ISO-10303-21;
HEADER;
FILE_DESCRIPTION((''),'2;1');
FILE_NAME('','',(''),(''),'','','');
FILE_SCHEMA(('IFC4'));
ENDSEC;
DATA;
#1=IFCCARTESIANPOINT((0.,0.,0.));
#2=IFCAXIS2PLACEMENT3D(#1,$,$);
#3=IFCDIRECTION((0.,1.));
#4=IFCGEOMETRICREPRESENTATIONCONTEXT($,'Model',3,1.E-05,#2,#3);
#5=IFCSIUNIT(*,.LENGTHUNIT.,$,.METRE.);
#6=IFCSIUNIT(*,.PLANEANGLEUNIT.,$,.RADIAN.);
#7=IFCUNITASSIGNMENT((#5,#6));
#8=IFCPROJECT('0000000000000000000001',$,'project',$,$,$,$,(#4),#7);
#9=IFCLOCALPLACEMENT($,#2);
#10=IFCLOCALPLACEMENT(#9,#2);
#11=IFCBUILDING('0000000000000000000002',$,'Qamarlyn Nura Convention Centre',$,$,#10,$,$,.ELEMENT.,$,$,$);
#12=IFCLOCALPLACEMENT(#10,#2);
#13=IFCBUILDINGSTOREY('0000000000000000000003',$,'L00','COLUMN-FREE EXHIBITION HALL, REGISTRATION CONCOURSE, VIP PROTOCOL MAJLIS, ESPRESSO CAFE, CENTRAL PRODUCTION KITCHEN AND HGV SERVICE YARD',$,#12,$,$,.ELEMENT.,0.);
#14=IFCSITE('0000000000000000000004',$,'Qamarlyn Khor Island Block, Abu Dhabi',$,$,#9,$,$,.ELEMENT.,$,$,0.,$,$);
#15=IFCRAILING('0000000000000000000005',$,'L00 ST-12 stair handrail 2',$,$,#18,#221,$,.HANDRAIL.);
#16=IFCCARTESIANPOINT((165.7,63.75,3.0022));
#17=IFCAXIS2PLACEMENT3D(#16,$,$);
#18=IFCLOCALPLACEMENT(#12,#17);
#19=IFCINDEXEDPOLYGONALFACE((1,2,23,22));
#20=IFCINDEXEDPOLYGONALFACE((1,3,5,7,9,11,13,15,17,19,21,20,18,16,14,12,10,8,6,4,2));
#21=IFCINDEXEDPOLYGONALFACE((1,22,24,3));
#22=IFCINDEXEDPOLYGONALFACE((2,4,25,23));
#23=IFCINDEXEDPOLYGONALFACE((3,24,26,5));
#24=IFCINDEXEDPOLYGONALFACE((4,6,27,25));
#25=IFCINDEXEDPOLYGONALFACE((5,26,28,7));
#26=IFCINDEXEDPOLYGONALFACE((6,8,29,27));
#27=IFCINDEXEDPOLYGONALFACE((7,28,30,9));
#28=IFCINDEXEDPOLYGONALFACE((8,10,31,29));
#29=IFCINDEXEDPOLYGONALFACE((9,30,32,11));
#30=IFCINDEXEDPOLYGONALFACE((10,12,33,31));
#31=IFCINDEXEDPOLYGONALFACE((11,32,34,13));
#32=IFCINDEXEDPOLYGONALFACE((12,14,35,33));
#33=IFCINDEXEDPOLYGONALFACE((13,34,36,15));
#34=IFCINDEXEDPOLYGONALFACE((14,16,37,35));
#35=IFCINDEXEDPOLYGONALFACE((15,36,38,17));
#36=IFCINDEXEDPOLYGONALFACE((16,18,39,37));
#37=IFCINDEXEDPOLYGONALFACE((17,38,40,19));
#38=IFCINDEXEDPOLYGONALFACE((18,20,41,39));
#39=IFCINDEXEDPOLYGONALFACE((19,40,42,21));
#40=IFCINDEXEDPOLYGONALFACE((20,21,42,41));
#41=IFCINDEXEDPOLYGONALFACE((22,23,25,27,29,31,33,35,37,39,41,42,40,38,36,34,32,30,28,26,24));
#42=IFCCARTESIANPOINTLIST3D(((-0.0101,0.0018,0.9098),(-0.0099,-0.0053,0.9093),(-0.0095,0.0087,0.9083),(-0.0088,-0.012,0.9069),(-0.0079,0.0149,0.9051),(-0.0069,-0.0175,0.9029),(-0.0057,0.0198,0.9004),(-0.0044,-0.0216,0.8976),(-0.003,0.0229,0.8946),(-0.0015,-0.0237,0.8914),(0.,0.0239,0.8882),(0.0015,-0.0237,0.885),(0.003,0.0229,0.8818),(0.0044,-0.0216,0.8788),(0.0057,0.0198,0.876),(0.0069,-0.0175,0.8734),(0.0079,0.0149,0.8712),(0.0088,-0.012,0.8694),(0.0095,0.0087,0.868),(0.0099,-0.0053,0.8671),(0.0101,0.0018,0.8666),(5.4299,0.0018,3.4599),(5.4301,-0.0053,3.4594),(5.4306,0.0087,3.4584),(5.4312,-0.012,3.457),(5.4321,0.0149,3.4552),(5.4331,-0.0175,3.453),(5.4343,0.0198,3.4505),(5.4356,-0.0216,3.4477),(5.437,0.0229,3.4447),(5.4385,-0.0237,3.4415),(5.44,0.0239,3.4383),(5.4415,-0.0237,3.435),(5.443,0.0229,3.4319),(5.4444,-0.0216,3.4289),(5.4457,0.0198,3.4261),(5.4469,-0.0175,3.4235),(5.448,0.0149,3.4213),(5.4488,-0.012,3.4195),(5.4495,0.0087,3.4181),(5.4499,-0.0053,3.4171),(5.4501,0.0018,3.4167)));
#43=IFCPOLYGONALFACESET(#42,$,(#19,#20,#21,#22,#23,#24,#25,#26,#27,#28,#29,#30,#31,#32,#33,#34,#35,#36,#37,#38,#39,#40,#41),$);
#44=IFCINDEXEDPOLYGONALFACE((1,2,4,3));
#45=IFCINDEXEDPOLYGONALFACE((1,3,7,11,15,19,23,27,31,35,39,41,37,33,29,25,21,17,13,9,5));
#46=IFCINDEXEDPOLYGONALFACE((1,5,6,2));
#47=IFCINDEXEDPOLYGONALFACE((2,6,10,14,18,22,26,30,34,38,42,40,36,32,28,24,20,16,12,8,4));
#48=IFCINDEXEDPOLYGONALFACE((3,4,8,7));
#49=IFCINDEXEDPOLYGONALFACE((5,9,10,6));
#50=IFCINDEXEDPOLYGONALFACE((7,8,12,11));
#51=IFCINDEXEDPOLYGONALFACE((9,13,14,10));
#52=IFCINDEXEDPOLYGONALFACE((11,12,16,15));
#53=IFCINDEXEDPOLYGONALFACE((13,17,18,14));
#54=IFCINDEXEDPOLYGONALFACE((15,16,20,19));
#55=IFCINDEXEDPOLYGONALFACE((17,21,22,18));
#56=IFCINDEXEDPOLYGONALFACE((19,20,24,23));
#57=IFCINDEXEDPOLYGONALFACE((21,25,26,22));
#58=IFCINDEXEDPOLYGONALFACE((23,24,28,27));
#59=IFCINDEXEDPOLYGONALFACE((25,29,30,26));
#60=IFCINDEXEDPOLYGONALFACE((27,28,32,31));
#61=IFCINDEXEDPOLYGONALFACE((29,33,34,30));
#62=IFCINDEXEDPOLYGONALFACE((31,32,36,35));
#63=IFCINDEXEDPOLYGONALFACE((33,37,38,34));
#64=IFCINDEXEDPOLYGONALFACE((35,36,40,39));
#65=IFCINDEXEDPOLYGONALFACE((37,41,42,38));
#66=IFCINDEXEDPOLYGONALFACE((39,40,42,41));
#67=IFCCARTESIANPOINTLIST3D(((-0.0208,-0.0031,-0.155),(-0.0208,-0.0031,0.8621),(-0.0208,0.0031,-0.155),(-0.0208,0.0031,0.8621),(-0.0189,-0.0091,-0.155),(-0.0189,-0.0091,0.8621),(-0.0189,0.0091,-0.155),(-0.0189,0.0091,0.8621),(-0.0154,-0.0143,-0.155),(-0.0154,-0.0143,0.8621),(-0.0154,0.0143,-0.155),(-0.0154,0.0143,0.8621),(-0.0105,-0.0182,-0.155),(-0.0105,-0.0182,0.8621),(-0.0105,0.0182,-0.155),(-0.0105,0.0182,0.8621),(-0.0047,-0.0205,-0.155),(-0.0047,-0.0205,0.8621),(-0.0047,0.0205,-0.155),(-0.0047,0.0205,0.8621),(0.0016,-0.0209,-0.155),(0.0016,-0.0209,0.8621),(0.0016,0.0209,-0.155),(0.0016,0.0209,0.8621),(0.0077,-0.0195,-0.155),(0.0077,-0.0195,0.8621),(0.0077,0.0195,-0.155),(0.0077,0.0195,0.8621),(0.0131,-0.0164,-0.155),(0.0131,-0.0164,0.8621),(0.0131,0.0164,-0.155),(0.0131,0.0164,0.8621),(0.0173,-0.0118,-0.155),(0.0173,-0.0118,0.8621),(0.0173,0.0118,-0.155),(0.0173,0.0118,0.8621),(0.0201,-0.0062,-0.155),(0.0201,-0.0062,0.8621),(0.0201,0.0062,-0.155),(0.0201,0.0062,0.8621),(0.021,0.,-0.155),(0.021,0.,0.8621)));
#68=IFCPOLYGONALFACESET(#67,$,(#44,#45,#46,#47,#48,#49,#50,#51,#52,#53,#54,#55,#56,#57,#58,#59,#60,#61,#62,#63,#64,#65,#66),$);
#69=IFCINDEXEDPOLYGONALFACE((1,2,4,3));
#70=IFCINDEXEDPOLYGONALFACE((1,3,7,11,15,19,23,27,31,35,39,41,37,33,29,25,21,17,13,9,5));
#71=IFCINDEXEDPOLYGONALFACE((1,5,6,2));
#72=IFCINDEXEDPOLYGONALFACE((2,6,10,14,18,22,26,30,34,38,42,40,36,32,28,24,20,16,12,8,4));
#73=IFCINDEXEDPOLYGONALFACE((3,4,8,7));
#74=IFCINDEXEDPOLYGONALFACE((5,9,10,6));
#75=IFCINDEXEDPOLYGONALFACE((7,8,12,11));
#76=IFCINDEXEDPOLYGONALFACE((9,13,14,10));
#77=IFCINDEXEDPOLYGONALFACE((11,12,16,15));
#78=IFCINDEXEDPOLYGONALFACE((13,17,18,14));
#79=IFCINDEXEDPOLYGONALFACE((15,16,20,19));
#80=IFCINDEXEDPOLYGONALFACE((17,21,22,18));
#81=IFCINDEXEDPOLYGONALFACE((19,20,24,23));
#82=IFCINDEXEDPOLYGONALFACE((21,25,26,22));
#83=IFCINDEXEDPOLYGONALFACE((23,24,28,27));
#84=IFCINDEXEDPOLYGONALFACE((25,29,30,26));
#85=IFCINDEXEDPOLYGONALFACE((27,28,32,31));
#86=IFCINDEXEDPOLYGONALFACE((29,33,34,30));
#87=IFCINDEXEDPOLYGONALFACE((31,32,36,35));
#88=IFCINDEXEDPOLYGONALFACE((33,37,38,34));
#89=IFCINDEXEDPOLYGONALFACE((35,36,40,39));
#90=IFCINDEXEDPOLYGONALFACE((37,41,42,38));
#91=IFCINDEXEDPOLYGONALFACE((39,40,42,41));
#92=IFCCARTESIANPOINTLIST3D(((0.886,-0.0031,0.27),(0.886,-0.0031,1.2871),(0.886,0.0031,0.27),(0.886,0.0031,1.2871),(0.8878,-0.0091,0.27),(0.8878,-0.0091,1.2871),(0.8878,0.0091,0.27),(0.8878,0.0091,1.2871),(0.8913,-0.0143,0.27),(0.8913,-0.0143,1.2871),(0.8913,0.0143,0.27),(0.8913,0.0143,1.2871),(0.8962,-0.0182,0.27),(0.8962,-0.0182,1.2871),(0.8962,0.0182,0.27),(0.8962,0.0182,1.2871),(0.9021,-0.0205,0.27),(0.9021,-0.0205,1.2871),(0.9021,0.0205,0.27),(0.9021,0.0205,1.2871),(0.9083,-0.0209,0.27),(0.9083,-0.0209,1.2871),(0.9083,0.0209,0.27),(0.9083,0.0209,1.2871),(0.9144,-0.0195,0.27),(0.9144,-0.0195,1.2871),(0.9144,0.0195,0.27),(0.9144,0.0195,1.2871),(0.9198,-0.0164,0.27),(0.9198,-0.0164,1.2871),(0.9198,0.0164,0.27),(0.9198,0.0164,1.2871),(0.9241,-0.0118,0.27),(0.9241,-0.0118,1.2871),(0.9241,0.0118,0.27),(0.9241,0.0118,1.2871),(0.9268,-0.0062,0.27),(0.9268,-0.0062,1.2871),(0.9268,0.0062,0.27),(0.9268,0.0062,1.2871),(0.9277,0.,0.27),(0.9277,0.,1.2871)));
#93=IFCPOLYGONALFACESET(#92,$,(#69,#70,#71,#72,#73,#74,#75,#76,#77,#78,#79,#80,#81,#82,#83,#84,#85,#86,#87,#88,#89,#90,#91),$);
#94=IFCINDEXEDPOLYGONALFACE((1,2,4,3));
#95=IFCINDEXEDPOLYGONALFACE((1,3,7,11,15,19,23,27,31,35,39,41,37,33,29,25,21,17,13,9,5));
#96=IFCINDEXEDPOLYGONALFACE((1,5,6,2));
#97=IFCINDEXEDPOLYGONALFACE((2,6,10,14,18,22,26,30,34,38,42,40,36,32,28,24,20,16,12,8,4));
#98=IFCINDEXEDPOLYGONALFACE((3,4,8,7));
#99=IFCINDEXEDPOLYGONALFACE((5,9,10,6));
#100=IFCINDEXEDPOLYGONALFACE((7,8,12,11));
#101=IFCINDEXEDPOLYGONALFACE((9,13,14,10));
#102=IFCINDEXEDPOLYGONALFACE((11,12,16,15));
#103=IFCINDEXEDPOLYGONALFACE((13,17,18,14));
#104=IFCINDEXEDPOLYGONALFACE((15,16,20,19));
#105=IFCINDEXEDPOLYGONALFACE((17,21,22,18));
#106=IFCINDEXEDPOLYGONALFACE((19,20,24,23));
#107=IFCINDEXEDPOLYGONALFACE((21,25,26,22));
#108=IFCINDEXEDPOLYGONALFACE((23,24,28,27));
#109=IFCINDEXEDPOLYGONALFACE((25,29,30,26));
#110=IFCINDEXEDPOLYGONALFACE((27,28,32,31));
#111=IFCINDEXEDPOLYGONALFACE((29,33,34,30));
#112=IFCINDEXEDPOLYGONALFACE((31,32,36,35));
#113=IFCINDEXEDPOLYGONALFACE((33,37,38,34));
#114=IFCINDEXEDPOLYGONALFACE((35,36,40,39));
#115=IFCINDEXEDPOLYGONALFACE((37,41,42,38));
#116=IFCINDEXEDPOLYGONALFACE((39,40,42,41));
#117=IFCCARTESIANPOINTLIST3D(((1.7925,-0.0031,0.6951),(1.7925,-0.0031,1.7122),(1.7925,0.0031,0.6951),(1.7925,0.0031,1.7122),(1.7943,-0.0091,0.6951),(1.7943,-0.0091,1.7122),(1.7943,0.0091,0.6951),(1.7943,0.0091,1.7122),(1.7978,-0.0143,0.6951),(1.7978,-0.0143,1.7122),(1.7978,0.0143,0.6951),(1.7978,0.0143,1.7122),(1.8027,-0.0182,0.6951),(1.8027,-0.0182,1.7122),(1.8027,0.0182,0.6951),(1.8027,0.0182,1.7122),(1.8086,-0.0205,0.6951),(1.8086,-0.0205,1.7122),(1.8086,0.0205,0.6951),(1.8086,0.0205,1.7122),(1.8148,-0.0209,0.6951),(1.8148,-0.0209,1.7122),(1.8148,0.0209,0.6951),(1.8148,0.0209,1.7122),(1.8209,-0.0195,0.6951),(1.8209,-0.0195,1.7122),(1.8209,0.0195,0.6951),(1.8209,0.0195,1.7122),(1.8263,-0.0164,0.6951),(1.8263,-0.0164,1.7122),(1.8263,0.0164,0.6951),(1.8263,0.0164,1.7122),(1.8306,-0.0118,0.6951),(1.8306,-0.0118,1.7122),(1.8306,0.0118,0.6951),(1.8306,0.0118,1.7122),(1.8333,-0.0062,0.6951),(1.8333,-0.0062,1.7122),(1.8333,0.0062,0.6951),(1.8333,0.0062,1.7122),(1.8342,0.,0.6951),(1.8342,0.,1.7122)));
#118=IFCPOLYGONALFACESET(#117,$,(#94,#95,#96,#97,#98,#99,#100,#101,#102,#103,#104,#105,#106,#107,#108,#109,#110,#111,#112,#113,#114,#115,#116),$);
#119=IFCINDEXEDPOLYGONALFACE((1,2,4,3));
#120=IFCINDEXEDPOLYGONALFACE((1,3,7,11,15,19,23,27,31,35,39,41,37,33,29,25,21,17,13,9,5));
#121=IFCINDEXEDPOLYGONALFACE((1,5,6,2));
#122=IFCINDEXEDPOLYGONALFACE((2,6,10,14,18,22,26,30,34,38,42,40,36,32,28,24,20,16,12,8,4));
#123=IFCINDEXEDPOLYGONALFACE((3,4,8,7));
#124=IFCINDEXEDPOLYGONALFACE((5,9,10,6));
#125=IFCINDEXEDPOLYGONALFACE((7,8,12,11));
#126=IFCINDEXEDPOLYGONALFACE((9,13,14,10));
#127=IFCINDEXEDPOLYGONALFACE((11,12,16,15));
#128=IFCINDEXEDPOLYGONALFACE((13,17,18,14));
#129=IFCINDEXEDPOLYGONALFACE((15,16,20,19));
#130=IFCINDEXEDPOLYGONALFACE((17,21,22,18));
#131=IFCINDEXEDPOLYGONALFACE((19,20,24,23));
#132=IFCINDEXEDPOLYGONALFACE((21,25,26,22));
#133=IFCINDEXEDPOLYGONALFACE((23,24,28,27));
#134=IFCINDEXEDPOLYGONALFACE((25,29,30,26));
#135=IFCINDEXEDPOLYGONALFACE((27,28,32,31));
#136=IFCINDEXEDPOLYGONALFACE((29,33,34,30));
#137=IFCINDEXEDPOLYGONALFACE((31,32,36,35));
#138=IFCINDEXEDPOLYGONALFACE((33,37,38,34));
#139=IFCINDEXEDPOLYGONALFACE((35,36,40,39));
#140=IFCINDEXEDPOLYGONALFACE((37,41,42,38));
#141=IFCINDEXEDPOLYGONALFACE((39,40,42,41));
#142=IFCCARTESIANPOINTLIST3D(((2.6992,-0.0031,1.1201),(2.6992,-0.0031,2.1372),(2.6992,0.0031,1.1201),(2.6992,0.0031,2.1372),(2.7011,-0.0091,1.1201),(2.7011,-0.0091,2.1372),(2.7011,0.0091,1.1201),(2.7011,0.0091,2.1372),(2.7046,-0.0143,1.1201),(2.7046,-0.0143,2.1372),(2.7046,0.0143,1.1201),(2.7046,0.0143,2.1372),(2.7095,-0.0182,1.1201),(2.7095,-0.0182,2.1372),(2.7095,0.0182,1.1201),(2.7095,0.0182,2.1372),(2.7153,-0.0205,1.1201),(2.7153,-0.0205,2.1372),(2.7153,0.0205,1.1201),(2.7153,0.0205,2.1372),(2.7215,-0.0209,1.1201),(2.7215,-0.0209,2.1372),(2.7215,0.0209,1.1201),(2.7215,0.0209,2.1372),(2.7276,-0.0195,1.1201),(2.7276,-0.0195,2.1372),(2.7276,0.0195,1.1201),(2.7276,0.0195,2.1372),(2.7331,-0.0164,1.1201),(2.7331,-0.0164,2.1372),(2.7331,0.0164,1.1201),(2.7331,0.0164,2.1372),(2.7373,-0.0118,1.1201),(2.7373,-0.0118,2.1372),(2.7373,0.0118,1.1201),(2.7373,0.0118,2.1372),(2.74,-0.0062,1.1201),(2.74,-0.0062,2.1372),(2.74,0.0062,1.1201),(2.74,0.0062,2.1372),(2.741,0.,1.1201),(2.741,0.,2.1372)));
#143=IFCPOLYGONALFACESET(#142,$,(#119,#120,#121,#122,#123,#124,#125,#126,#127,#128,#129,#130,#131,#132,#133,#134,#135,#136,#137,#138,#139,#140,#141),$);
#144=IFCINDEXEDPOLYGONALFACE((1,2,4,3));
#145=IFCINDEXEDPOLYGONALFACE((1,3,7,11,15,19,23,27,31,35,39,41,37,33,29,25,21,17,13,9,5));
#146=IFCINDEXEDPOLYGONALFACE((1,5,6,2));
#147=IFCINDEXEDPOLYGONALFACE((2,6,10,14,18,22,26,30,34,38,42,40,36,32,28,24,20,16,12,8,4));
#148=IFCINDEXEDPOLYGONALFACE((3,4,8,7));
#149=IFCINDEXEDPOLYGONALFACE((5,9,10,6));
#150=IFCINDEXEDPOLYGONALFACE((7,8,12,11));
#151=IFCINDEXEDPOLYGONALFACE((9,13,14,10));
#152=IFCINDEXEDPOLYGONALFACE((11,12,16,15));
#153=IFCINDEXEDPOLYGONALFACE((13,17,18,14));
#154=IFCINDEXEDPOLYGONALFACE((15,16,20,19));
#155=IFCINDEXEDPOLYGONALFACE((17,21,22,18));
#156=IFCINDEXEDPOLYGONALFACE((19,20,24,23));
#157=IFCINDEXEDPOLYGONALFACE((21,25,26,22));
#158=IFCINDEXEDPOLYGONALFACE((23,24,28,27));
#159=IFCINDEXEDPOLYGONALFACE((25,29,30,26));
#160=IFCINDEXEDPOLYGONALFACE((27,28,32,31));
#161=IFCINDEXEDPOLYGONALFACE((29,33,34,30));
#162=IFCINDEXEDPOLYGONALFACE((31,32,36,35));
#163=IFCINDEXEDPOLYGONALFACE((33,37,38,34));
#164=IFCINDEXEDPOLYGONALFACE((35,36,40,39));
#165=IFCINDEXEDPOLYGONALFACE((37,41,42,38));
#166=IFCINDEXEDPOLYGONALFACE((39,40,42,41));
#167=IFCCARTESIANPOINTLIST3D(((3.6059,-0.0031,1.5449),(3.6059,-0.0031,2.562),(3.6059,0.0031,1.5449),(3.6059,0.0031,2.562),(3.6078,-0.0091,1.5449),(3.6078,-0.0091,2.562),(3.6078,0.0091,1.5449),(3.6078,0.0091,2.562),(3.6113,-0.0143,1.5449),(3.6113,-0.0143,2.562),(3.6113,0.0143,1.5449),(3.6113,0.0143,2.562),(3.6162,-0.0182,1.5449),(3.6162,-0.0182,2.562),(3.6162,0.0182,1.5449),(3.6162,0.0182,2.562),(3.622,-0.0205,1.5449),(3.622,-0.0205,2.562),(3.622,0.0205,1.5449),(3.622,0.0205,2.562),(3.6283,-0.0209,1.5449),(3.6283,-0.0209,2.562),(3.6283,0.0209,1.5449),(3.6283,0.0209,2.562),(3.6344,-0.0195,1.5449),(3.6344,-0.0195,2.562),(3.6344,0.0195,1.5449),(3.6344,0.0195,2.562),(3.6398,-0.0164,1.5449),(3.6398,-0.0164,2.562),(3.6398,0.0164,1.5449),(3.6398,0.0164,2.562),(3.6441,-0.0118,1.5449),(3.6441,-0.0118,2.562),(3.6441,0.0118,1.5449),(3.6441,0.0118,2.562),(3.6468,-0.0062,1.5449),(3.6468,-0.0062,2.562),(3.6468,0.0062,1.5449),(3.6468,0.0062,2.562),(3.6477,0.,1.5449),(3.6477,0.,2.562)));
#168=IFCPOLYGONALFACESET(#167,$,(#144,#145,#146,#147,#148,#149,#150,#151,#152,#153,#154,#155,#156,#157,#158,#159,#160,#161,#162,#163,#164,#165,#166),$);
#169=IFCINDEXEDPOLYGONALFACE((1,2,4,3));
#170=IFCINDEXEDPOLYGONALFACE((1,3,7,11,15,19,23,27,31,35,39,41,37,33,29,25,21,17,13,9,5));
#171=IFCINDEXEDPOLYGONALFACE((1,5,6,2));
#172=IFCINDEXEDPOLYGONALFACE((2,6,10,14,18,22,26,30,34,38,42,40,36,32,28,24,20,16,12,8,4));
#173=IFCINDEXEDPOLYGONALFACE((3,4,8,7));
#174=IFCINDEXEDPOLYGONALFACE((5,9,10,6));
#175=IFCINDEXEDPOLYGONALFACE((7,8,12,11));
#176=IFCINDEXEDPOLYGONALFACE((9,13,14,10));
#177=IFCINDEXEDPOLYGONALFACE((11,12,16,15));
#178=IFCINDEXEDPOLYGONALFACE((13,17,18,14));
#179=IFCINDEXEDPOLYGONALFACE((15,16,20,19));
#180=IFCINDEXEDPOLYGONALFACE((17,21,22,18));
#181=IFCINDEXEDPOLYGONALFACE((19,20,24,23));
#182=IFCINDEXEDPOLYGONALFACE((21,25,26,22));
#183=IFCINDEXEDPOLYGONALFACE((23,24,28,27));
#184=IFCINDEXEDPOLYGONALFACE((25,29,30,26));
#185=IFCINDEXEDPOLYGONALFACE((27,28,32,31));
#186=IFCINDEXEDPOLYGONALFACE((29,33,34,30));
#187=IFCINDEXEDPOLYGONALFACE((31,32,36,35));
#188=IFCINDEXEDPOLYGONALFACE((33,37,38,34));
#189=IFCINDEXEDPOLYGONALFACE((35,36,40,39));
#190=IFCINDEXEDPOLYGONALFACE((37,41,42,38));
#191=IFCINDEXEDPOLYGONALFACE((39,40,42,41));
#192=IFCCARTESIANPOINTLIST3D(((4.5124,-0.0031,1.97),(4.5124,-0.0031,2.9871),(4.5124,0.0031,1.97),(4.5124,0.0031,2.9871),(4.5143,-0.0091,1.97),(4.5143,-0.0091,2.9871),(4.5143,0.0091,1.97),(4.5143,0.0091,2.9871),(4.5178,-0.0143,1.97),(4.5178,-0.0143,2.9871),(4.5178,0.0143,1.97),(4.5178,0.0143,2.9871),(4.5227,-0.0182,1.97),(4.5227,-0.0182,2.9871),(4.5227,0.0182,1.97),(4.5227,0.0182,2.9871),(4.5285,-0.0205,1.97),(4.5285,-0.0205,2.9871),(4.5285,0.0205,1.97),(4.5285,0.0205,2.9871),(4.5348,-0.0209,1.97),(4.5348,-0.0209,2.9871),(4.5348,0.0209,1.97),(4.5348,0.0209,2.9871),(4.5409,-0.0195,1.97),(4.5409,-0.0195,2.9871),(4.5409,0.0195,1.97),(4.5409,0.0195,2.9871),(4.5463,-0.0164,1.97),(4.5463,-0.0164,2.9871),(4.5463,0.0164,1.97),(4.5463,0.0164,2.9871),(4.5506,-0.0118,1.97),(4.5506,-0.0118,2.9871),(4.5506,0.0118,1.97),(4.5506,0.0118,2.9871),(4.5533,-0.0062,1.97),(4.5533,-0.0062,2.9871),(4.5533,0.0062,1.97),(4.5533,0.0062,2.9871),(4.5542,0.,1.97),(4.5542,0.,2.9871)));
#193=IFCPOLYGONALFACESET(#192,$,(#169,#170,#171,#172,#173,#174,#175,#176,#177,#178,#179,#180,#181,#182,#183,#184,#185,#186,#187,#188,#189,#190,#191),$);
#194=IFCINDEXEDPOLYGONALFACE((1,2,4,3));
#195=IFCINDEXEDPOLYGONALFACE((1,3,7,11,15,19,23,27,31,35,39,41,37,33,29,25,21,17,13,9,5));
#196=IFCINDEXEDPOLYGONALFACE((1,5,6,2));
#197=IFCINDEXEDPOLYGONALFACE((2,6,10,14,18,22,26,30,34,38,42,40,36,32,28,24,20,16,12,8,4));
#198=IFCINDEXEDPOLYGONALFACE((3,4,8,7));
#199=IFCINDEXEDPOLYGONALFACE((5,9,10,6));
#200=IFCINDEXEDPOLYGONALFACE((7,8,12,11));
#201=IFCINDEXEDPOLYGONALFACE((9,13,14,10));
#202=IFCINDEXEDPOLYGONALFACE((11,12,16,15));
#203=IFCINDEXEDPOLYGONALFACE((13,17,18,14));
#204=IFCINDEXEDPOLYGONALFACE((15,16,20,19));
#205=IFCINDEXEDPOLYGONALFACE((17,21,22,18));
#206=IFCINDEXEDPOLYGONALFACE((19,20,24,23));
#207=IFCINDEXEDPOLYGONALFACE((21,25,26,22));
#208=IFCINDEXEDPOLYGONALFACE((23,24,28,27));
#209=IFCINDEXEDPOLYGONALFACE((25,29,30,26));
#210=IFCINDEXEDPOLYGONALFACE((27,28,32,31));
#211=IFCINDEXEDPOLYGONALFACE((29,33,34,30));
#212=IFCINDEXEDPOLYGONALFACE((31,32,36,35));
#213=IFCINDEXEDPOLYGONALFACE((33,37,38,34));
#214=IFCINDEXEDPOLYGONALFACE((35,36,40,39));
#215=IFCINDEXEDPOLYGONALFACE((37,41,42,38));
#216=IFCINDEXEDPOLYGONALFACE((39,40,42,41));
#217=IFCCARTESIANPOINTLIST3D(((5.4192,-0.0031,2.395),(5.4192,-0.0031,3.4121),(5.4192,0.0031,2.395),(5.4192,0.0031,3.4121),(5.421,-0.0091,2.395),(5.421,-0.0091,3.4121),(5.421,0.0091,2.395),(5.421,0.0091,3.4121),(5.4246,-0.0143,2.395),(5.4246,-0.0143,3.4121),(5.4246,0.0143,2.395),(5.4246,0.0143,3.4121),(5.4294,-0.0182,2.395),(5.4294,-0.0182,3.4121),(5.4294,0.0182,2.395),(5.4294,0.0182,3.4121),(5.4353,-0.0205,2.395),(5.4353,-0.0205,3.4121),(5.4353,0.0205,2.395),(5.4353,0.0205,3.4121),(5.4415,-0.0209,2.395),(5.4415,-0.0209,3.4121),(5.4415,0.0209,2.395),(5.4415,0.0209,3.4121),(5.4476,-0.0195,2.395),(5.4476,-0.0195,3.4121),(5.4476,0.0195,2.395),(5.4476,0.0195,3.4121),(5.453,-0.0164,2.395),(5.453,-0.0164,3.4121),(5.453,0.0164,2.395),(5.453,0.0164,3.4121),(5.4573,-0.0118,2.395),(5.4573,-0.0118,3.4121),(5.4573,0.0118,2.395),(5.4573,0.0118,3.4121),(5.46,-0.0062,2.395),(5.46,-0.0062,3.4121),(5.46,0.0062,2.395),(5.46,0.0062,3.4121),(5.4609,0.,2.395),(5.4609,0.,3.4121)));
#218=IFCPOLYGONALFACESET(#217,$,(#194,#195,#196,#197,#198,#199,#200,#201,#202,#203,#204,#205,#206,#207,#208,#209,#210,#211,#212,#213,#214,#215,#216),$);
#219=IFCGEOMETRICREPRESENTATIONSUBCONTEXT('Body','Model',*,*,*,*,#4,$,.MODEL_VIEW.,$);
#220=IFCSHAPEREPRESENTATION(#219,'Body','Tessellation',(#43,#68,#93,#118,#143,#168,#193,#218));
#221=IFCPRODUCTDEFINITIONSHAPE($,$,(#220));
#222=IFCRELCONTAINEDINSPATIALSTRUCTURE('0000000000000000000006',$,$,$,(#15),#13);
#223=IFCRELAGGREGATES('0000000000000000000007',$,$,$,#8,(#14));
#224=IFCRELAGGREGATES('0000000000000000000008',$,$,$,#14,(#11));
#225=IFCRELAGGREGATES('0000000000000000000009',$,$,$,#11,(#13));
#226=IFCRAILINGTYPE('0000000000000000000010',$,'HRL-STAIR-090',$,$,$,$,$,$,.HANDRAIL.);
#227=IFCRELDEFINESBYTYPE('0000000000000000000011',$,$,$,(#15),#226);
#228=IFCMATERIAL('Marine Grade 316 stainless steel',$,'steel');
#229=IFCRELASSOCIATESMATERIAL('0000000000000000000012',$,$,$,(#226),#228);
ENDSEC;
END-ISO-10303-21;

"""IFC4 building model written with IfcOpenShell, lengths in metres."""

from ifc_helpers import new_model, si_unit, direction, frame, origin, origin_2d, place, context, subcontext, project, spatial, circle, extrude, material, type_object, element, save


model = new_model("IFC4")

# Units and contexts
model_context = context("Model", 3, precision=1e-05, world=origin(), true_north=direction((0.0, 1.0)))
body_context = subcontext(model_context, "Body", "Model", "MODEL_VIEW")
ifc_project = project(units=[si_unit("LENGTHUNIT", "METRE"), si_unit("PLANEANGLEUNIT", "RADIAN")], contexts=[model_context])

# Site, building, storey
site_placement = place(None, origin())
site = spatial("IfcSite", under=ifc_project, at=site_placement, Name="Qamarlyn Khor Island Block, Abu Dhabi", CompositionType="ELEMENT", RefElevation=0.0)
building_placement = place(site_placement, origin())
building = spatial("IfcBuilding", under=site, at=building_placement, Name="Qamarlyn Nura Convention Centre", CompositionType="ELEMENT")
storey_placement = place(building_placement, origin())
storey = spatial("IfcBuildingStorey", under=building, at=storey_placement, Name="L00", Description="COLUMN-FREE EXHIBITION HALL, REGISTRATION CONCOURSE, VIP PROTOCOL MAJLIS, ESPRESSO CAFE, CENTRAL PRODUCTION KITCHEN AND HGV SERVICE YARD", CompositionType="ELEMENT", Elevation=0.0)

# Shared definitions
ifc_material_1 = material(Name="Marine Grade 316 stainless steel", Category="steel")

# Railing
railing_type_1 = type_object("IfcRailingType", Name="HRL-STAIR-090", PredefinedType="HANDRAIL", material=ifc_material_1)
railing_1_placement = place(storey_placement, frame((165.7, 63.75, 3.0022)))
element("IfcRailing", 1, at=railing_1_placement, inside=storey, type_object=railing_type_1, Name="L00 ST-12 stair handrail 2", PredefinedType="HANDRAIL", context=body_context, shape_type="SweptSolid", body=[
    extrude(circle(Radius=0.0239, at=origin_2d()), frame((0.0, 0.0, 0.8882), z_axis=(0.905454, 0.0, 0.424444), x_axis=(0.0, 1.0, 0.0)), (0.0, 0.0, 1.0), 6.0081),
    extrude(circle(Radius=0.021, at=origin_2d()), frame((0.0, 0.0, -0.155)), (0.0, 0.0, 1.0), 1.0171),
    extrude(circle(Radius=0.021, at=origin_2d()), frame((0.9067, 0.0, 0.27)), (0.0, 0.0, 1.0), 1.0171),
    extrude(circle(Radius=0.021, at=origin_2d()), frame((1.8132, 0.0, 0.6951)), (0.0, 0.0, 1.0), 1.0171),
    extrude(circle(Radius=0.021, at=origin_2d()), frame((2.72, 0.0, 1.1201)), (0.0, 0.0, 1.0), 1.0171),
    extrude(circle(Radius=0.021, at=origin_2d()), frame((3.6267, 0.0, 1.5449)), (0.0, 0.0, 1.0), 1.0171),
    extrude(circle(Radius=0.021, at=origin_2d()), frame((4.5332, 0.0, 1.97)), (0.0, 0.0, 1.0), 1.0171),
    extrude(circle(Radius=0.021, at=origin_2d()), frame((5.4399, 0.0, 2.395)), (0.0, 0.0, 1.0), 1.0171),
])

save(model, "model.ifc")
